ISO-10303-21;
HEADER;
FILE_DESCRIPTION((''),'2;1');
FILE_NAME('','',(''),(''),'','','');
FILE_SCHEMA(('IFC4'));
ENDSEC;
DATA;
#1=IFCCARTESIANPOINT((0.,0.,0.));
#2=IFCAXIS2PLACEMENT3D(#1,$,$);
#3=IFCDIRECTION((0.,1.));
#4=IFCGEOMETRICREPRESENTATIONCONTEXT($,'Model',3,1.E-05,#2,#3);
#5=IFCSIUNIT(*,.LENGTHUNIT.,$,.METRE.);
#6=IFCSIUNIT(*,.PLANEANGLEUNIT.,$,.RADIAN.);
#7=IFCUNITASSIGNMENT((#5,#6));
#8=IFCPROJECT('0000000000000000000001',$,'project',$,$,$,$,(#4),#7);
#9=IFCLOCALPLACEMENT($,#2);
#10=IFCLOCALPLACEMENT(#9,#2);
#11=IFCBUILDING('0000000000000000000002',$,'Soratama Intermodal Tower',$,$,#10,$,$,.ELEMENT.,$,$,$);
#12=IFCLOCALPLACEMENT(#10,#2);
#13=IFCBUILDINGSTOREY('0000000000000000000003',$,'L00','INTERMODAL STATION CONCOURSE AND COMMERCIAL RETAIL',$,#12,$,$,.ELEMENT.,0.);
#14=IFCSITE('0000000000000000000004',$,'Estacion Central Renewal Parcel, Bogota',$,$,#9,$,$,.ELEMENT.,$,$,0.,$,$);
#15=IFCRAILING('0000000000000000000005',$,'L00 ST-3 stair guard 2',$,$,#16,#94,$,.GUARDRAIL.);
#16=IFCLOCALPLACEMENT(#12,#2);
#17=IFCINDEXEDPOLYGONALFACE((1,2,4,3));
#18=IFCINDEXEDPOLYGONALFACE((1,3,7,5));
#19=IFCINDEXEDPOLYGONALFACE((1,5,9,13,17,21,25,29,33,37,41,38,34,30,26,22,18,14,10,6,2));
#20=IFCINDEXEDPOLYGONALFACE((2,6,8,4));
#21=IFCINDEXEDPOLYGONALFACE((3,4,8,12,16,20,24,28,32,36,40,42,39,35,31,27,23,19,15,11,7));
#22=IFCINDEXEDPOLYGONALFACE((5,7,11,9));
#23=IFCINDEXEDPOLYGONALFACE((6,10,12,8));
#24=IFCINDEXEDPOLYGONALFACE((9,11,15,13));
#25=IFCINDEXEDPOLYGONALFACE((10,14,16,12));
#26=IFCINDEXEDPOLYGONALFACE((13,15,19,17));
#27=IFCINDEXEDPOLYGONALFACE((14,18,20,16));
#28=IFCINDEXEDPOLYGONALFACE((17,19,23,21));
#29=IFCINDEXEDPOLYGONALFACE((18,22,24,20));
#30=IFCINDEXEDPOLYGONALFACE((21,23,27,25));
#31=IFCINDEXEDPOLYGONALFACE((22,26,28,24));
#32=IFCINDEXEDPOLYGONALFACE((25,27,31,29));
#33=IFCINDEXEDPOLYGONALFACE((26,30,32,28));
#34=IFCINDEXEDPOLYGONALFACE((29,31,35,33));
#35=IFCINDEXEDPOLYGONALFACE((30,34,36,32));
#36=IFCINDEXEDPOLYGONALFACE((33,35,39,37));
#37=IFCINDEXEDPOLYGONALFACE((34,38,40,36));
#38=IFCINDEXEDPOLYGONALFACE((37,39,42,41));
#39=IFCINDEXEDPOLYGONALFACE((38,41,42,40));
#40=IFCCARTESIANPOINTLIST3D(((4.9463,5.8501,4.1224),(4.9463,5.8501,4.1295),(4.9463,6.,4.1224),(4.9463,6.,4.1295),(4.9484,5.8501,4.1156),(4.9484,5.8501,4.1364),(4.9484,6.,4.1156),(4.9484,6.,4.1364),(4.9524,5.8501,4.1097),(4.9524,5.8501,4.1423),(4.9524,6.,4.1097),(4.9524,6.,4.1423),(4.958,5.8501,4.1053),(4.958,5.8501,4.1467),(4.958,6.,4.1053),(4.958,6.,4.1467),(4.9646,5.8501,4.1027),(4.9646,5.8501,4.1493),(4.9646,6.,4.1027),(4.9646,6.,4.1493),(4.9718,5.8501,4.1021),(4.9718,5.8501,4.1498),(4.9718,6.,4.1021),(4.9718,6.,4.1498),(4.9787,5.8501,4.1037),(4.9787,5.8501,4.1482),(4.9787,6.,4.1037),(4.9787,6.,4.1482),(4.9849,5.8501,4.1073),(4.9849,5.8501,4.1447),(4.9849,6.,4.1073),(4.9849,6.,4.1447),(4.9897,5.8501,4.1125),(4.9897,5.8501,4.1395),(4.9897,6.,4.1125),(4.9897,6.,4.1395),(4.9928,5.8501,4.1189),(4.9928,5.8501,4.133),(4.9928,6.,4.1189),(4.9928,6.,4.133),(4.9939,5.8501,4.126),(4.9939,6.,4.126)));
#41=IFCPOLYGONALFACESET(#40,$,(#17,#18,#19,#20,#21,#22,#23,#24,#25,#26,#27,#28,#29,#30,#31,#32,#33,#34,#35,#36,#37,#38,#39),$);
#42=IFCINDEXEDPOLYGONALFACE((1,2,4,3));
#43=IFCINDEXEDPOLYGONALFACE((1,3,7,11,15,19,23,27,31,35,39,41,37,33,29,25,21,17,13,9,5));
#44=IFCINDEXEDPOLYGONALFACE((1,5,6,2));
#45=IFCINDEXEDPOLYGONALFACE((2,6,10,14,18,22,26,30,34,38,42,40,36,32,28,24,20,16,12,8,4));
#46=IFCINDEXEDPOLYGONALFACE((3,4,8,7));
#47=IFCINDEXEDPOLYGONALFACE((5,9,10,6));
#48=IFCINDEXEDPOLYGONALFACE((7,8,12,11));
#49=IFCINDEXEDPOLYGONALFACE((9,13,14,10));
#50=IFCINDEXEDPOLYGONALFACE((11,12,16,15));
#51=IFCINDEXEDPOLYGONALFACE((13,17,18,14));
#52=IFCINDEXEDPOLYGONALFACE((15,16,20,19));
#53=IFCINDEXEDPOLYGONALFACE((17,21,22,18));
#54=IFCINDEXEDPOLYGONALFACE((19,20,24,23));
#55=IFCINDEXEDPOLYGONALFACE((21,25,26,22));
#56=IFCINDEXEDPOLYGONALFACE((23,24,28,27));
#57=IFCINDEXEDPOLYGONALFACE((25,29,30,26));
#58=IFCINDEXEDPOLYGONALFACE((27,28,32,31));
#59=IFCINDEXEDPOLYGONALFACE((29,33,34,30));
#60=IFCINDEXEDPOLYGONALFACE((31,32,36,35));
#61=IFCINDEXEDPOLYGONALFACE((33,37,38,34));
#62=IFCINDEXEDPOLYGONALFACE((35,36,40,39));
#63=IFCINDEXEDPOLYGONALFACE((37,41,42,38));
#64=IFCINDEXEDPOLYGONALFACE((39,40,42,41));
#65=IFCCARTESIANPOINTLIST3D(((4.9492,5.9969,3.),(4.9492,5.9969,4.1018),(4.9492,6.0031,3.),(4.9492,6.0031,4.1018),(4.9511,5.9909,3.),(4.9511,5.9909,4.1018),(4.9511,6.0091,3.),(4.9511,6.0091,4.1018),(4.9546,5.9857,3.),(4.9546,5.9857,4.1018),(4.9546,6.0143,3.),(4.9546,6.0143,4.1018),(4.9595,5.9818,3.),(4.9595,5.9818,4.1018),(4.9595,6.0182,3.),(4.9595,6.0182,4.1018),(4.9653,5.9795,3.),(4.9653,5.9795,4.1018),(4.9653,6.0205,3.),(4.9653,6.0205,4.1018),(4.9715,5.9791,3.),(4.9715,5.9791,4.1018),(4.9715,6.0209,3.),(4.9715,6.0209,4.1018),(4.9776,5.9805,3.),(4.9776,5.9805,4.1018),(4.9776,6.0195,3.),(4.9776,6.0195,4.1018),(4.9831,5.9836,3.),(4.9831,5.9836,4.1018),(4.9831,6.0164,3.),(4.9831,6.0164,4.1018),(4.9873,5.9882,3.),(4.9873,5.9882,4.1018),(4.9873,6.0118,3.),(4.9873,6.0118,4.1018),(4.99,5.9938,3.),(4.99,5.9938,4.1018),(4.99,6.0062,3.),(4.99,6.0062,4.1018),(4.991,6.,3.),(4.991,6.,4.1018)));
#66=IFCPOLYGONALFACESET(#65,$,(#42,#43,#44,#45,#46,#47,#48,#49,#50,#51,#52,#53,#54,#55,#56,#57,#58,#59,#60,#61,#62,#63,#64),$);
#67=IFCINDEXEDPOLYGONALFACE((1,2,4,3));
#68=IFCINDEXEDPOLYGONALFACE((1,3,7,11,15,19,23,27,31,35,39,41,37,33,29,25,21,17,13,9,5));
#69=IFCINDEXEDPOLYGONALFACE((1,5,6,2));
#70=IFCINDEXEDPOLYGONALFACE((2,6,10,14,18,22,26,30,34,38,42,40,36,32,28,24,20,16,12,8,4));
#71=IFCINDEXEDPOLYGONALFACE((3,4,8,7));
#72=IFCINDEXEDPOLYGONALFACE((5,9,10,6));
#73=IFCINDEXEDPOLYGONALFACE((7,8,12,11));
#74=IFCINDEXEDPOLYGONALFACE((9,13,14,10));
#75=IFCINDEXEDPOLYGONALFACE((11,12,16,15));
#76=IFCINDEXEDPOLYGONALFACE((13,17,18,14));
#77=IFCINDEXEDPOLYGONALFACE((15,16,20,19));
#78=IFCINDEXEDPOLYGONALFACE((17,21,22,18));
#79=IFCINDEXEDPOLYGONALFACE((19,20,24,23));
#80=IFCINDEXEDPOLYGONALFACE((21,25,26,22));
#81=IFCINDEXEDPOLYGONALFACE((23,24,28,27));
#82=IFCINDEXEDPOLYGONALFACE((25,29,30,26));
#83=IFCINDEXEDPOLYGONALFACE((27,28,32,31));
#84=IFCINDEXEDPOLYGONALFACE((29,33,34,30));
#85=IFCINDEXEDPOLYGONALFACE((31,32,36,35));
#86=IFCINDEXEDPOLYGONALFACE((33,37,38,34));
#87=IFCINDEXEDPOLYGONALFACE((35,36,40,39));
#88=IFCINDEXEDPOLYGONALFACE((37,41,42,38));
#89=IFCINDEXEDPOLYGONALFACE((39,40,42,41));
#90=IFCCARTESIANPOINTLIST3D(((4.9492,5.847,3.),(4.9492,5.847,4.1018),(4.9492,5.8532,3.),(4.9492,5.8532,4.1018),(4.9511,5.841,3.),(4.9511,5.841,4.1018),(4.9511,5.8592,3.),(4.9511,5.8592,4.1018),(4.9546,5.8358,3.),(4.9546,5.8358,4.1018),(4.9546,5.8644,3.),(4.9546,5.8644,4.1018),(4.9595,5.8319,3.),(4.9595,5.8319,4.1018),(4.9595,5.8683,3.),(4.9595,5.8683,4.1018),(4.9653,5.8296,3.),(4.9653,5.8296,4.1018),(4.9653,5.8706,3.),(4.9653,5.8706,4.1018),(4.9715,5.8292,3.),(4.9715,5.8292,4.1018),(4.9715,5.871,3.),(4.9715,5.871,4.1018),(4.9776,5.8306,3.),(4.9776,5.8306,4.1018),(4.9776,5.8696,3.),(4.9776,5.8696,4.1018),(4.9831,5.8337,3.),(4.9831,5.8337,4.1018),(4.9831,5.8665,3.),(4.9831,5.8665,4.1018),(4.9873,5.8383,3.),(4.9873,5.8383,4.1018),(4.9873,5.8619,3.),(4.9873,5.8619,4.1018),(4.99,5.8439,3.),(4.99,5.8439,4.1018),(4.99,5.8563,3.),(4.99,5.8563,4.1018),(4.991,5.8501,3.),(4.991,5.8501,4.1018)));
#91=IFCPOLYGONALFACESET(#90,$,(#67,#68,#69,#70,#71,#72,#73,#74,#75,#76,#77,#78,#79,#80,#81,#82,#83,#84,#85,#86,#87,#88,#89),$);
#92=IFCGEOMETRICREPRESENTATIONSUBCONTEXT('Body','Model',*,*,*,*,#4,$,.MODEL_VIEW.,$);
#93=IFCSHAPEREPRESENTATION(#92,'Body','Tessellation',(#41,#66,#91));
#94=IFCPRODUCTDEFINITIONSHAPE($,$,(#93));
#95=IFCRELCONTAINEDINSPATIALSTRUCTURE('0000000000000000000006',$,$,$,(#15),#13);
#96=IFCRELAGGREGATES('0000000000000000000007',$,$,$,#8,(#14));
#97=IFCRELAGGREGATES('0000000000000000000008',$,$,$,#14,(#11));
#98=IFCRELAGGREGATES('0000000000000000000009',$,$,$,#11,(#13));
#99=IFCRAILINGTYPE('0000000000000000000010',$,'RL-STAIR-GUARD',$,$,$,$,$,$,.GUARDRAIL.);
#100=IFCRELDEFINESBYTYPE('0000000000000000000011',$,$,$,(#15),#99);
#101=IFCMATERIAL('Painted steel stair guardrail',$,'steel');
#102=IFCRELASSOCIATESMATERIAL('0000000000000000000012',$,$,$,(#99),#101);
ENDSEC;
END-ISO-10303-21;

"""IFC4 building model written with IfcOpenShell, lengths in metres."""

from ifc_helpers import new_model, si_unit, direction, frame, origin, origin_2d, place, context, subcontext, project, spatial, circle, extrude, material, type_object, element, save


model = new_model("IFC4")

# Units and contexts
model_context = context("Model", 3, precision=1e-05, world=origin(), true_north=direction((0.0, 1.0)))
body_context = subcontext(model_context, "Body", "Model", "MODEL_VIEW")
ifc_project = project(units=[si_unit("LENGTHUNIT", "METRE"), si_unit("PLANEANGLEUNIT", "RADIAN")], contexts=[model_context])

# Site, building, storey
site_placement = place(None, origin())
site = spatial("IfcSite", under=ifc_project, at=site_placement, Name="Estacion Central Renewal Parcel, Bogota", CompositionType="ELEMENT", RefElevation=0.0)
building_placement = place(site_placement, origin())
building = spatial("IfcBuilding", under=site, at=building_placement, Name="Soratama Intermodal Tower", CompositionType="ELEMENT")
storey_placement = place(building_placement, origin())
storey = spatial("IfcBuildingStorey", under=building, at=storey_placement, Name="L00", Description="INTERMODAL STATION CONCOURSE AND COMMERCIAL RETAIL", CompositionType="ELEMENT", Elevation=0.0)

# Railing
ifc_material_1 = material(Name="Painted steel stair guardrail", Category="steel")
railing_type_1 = type_object("IfcRailingType", Name="RL-STAIR-GUARD", PredefinedType="GUARDRAIL", material=ifc_material_1)
railing_1_placement = place(storey_placement, frame((4.97, 6.0, 3.0)))
element("IfcRailing", 1, at=railing_1_placement, inside=storey, type_object=railing_type_1, Name="L00 ST-3 stair guard 2", PredefinedType="GUARDRAIL", context=body_context, shape_type="SweptSolid", body=[
    extrude(circle(Radius=0.0239, at=origin_2d()), frame((0.0, 0.0, 1.126), z_axis=(0.0, -1.0, 0.0), x_axis=(1.0, 0.0, 0.0)), (0.0, 0.0, 1.0), 0.1499),
    extrude(circle(Radius=0.021, at=origin_2d()), origin(), (0.0, 0.0, 1.0), 1.1018),
    extrude(circle(Radius=0.021, at=origin_2d()), frame((0.0, -0.1499, 0.0)), (0.0, 0.0, 1.0), 1.1018),
])

save(model, "model.ifc")
